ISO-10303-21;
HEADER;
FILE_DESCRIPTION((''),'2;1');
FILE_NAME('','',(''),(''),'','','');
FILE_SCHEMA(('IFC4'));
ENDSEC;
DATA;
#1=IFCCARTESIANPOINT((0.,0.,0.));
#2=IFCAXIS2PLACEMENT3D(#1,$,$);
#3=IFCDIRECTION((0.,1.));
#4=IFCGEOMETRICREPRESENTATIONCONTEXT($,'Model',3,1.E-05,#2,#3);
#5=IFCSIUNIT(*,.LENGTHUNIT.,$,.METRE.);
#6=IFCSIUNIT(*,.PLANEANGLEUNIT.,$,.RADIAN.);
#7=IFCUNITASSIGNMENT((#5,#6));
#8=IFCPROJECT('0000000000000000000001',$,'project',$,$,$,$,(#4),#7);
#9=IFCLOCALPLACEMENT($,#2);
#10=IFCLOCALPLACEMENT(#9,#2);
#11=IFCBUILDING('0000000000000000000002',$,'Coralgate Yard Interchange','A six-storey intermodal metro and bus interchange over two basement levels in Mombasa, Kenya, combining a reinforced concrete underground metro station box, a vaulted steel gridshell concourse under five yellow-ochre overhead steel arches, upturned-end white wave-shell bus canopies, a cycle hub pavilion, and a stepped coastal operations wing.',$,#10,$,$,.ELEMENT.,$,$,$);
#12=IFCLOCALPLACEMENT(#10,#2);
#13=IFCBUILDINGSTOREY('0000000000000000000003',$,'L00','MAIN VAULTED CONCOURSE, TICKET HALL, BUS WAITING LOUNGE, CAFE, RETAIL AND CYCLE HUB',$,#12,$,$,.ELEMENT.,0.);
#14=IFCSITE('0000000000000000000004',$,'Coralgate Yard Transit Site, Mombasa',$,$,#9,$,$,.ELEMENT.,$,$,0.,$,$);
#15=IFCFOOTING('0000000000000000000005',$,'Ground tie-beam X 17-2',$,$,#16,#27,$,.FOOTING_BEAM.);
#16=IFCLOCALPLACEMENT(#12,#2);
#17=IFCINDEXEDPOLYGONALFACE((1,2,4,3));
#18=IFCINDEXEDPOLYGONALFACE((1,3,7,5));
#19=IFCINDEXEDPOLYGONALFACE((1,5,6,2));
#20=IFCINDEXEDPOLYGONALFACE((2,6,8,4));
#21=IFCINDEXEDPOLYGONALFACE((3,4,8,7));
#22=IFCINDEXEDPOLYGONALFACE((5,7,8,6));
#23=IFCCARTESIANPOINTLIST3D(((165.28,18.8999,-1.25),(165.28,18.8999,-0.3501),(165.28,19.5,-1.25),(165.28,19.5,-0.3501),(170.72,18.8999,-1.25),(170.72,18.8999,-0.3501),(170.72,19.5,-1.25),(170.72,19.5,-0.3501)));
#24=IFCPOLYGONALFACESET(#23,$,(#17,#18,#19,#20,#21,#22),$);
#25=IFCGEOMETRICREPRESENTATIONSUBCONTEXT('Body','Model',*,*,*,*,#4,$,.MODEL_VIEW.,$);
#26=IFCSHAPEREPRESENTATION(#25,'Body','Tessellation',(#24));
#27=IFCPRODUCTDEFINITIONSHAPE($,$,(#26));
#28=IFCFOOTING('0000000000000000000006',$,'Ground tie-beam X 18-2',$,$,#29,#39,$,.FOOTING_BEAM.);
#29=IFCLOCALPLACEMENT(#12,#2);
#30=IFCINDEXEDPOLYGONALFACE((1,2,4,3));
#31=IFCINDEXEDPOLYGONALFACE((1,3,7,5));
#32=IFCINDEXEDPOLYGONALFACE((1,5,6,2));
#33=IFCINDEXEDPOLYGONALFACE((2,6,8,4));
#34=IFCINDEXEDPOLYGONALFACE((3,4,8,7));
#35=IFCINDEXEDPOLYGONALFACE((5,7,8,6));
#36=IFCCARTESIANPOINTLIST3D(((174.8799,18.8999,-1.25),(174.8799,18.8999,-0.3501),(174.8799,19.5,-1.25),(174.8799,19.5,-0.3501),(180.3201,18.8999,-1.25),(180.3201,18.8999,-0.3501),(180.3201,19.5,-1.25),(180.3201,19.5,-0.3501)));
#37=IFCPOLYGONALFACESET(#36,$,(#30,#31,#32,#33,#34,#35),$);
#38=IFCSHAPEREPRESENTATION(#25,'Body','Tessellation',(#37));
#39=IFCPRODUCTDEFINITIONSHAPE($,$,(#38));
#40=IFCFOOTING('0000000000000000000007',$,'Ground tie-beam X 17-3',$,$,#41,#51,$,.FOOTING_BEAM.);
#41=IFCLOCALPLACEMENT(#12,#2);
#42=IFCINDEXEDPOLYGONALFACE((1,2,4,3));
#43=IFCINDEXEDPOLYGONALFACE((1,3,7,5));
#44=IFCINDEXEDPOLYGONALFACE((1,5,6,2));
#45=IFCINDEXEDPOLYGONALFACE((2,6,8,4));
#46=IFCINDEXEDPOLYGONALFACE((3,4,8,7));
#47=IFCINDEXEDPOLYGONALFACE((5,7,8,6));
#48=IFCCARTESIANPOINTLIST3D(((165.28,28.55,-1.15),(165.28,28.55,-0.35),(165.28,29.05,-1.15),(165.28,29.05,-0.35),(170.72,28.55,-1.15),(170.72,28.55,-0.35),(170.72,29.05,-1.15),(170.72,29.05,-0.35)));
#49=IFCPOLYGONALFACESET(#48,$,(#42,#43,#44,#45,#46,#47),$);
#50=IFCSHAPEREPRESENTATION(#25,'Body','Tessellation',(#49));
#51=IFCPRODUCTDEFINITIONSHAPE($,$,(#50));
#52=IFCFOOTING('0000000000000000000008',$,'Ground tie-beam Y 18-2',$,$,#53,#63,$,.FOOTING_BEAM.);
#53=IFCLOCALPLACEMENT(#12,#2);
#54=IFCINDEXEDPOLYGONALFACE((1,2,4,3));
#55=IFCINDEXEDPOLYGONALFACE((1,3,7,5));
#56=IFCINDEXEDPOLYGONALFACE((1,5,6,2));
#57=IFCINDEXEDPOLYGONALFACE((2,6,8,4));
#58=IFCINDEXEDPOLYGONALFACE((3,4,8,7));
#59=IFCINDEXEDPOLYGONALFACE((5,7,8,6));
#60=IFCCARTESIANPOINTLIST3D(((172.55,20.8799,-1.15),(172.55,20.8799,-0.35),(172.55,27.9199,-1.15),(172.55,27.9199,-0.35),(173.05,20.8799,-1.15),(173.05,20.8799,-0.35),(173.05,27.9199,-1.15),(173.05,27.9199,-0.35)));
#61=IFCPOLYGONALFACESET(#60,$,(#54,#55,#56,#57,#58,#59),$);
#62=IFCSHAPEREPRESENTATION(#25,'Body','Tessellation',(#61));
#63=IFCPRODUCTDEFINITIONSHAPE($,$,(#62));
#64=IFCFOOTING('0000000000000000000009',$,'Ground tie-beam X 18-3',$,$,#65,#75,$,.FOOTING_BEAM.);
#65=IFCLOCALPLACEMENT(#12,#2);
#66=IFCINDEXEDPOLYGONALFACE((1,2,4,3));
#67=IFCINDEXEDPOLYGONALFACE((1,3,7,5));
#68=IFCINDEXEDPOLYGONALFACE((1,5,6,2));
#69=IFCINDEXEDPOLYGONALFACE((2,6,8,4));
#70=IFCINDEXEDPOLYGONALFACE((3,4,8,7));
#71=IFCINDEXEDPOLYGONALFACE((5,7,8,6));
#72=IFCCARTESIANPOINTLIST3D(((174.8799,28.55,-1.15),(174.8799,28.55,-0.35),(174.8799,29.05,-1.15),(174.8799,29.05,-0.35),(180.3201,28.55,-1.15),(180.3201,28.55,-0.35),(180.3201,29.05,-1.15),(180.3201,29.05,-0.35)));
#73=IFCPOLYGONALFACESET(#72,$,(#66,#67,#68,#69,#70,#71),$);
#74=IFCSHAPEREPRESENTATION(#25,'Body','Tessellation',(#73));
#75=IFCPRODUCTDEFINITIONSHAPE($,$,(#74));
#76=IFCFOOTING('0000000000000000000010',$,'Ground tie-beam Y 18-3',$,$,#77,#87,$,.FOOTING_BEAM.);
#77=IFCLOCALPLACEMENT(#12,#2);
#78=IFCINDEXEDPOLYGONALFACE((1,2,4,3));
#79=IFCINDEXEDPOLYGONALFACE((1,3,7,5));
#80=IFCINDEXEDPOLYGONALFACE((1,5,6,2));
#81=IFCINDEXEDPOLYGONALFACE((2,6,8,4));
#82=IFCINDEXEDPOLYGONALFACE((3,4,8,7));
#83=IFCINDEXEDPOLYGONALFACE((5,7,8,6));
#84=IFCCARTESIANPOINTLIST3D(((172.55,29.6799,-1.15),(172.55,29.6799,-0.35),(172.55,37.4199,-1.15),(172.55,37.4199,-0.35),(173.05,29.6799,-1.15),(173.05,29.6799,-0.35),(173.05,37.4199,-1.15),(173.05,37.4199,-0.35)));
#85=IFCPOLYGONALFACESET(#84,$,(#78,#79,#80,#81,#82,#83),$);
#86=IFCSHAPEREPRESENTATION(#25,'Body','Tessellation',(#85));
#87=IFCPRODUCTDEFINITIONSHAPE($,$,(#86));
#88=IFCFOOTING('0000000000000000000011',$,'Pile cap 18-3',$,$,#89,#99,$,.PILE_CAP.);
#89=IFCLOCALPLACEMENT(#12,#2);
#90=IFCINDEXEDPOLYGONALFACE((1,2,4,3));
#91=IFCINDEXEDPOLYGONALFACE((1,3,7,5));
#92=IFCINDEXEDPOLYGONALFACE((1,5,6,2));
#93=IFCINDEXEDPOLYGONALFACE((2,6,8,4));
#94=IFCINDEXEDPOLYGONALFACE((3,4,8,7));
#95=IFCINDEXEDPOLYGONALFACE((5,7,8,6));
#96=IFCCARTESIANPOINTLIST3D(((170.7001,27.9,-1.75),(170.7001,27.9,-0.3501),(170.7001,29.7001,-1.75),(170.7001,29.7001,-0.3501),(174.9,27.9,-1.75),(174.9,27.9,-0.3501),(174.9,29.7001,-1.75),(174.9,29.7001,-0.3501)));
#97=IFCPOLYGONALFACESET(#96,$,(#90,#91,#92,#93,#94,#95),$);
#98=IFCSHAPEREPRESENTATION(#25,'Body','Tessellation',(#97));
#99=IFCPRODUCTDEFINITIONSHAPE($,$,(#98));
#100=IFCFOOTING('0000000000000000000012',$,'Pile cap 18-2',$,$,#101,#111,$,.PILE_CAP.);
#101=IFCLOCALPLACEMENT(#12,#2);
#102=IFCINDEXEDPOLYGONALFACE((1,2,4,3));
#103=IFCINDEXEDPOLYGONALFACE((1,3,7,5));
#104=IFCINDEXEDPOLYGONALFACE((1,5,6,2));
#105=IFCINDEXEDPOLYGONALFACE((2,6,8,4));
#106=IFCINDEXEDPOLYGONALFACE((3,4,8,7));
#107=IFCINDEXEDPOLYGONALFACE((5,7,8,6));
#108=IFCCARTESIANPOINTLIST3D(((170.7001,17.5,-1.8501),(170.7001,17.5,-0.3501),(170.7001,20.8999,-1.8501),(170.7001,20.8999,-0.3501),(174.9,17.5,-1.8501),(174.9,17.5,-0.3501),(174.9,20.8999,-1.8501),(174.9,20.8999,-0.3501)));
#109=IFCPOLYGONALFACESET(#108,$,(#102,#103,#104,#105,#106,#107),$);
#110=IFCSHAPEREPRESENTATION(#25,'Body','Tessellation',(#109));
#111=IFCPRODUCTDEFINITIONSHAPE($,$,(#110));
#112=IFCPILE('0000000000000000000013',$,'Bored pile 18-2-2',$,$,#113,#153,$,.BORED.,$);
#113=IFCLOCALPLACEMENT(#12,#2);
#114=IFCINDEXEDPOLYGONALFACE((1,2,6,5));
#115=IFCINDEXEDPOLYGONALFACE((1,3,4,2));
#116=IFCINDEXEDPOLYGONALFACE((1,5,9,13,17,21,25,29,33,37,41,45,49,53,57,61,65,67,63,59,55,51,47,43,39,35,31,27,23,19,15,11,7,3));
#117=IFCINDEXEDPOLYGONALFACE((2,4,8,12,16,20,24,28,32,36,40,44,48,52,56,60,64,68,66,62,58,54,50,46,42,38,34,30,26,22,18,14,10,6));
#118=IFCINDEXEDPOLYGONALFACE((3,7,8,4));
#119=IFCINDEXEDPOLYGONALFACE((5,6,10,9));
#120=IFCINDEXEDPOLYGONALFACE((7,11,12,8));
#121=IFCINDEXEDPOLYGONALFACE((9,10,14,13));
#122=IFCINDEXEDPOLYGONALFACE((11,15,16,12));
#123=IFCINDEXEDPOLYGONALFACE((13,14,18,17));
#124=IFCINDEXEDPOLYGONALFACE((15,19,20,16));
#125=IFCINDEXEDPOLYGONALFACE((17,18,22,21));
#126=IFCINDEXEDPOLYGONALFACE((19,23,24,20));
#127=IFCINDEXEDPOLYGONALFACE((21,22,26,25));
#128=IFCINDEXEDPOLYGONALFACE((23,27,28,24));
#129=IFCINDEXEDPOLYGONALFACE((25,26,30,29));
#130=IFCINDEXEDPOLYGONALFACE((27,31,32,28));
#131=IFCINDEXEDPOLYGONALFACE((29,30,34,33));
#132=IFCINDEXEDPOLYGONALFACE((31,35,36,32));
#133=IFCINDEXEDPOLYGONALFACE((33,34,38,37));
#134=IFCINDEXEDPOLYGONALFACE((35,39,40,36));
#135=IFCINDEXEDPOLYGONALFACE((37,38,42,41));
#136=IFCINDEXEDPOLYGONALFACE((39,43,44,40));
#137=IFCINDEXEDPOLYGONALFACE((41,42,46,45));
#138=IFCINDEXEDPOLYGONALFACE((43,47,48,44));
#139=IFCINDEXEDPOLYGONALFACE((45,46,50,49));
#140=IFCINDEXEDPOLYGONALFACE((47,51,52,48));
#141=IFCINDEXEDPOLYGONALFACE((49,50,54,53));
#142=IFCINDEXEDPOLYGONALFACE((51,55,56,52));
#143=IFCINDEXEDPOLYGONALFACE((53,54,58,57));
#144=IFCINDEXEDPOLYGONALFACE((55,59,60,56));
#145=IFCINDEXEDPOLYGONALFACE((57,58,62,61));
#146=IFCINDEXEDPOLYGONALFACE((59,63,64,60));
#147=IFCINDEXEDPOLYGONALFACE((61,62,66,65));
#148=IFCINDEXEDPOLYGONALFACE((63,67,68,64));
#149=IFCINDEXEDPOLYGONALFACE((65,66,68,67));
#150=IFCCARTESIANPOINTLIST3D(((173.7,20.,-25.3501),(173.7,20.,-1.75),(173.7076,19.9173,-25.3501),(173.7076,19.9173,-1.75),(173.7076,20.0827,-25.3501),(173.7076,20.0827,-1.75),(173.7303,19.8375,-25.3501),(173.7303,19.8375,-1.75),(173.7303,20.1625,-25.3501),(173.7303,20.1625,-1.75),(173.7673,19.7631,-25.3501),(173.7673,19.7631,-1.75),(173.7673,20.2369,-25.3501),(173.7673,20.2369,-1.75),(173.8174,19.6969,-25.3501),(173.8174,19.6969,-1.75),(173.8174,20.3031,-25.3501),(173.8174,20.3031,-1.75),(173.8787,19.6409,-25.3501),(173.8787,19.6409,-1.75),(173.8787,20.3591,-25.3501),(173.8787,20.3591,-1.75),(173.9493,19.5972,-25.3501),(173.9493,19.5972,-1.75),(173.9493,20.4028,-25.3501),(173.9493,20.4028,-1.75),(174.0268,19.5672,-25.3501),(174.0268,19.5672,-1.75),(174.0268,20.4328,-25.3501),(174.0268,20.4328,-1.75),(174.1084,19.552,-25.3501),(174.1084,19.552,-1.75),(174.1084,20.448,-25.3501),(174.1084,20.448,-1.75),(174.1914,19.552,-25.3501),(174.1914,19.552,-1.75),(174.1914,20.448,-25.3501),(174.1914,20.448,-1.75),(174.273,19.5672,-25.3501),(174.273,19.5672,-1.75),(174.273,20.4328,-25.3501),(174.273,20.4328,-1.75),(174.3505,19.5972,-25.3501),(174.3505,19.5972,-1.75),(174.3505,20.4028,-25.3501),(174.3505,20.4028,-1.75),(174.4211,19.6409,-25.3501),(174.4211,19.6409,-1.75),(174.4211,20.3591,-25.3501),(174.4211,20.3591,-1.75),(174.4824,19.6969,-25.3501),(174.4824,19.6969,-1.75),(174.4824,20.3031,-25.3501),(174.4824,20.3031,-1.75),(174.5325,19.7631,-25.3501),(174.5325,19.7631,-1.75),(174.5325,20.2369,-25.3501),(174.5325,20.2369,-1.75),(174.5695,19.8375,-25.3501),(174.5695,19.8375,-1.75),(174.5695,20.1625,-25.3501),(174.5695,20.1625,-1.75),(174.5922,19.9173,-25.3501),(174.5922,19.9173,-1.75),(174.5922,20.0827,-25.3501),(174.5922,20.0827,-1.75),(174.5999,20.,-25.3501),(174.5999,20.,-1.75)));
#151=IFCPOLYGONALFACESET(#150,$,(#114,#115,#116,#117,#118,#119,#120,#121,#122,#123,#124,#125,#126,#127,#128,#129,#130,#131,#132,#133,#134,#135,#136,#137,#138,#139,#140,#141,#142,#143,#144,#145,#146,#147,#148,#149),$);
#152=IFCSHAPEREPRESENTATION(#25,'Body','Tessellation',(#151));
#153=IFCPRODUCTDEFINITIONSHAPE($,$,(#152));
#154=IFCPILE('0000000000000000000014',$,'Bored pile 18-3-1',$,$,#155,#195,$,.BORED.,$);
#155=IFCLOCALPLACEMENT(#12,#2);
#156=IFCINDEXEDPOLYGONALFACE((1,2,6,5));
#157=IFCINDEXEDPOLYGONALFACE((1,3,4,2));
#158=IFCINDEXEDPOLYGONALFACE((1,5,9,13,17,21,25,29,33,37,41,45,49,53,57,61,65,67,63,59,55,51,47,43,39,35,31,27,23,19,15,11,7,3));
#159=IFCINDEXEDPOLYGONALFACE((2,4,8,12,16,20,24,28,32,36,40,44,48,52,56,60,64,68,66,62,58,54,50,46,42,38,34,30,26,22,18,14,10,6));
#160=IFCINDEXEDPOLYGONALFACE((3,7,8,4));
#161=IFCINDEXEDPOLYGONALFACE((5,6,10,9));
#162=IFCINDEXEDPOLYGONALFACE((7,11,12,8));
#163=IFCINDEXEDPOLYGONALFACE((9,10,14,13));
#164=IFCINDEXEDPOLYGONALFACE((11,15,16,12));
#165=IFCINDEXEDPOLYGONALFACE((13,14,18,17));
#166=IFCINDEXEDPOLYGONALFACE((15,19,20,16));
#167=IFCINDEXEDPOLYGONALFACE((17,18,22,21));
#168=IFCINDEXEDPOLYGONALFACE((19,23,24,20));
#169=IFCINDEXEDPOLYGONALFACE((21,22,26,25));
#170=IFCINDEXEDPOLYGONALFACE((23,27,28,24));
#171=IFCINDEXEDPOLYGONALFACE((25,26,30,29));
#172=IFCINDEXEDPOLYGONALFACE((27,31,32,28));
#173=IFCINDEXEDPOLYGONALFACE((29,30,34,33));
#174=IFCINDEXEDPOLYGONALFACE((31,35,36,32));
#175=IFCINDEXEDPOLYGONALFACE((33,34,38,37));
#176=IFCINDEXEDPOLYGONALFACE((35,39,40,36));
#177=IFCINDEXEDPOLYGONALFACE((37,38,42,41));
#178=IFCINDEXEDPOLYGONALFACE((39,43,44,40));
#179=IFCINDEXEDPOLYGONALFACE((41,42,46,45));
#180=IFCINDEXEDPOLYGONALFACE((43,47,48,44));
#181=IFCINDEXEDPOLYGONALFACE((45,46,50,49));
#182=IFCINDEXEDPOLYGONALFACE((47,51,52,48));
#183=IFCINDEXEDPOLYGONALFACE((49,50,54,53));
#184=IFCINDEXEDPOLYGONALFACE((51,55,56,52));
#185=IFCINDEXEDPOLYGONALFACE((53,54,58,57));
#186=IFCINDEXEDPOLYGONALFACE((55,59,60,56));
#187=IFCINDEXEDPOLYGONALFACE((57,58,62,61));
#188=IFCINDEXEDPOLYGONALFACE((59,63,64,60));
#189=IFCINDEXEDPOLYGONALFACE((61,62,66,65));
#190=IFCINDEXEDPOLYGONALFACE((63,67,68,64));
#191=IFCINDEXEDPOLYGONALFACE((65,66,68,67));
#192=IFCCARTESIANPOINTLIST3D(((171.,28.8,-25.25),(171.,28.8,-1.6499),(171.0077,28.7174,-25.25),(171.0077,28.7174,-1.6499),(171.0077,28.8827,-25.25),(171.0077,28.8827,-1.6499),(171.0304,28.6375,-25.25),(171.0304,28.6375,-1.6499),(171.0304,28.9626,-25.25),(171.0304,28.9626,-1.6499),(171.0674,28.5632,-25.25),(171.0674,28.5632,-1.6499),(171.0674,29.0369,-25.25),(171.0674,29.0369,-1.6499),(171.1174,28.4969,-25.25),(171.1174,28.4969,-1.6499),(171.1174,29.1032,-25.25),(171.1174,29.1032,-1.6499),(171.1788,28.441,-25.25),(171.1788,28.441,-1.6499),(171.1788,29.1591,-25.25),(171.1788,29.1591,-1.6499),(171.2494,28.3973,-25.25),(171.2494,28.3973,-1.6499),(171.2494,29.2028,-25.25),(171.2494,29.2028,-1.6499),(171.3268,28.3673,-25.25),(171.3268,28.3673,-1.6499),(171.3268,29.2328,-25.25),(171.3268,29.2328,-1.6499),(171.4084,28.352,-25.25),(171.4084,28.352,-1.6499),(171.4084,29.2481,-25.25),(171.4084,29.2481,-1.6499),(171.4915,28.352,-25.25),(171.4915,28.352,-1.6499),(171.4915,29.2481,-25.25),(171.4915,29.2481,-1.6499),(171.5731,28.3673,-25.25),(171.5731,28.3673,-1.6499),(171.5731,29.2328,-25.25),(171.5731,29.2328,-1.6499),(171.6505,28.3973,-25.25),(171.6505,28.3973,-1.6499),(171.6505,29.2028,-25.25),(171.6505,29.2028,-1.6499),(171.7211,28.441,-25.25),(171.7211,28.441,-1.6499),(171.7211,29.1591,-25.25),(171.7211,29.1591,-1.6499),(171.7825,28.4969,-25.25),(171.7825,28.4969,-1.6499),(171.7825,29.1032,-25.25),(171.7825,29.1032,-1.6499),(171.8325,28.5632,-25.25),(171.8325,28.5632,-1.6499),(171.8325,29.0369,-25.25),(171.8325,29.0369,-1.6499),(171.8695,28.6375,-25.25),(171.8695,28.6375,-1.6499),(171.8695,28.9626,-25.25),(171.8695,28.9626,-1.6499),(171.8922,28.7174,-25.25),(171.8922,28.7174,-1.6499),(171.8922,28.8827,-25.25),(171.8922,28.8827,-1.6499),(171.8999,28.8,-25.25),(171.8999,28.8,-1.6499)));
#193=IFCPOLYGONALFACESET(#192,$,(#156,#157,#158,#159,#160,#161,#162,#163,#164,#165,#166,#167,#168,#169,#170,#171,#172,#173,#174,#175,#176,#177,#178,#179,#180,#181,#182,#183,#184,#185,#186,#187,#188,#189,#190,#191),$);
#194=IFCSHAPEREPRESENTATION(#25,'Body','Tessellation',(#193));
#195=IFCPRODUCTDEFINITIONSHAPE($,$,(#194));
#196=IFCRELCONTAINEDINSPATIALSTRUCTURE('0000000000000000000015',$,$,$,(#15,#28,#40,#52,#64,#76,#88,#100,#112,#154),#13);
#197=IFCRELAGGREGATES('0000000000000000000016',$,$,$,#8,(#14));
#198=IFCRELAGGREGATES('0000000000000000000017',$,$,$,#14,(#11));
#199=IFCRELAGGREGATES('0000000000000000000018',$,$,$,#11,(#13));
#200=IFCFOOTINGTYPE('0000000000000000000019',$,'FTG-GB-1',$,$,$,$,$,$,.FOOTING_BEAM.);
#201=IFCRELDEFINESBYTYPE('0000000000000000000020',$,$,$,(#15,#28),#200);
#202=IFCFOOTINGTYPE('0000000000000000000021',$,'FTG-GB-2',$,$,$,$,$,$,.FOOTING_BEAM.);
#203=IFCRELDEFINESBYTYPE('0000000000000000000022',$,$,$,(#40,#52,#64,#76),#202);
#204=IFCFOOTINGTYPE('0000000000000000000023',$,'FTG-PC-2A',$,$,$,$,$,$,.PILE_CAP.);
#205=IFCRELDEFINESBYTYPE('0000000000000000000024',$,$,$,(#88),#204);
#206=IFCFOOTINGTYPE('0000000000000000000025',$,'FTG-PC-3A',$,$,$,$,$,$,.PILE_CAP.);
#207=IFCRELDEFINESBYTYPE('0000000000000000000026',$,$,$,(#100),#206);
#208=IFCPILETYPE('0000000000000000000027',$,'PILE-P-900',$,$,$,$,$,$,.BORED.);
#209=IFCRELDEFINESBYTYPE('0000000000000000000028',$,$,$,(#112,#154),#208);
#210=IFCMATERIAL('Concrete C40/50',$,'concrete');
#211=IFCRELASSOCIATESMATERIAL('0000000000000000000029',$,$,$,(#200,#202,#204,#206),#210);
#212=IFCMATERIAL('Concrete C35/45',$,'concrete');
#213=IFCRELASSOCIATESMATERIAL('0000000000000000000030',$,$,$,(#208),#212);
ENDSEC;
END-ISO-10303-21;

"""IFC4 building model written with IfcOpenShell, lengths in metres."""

from ifc_helpers import new_model, si_unit, direction, frame, origin, origin_2d, place, context, subcontext, project, spatial, rectangle, circle, extrude, material, material_profile, profile_set, type_object, element, save


model = new_model("IFC4")

# Units and contexts
model_context = context("Model", 3, precision=1e-05, world=origin(), true_north=direction((0.0, 1.0)))
body_context = subcontext(model_context, "Body", "Model", "MODEL_VIEW")
ifc_project = project(units=[si_unit("LENGTHUNIT", "METRE"), si_unit("PLANEANGLEUNIT", "RADIAN")], contexts=[model_context])

# Site, building, storey
site_placement = place(None, origin())
site = spatial("IfcSite", under=ifc_project, at=site_placement, Name="Coralgate Yard Transit Site, Mombasa", CompositionType="ELEMENT", RefElevation=0.0)
building_placement = place(site_placement, origin())
building = spatial("IfcBuilding", under=site, at=building_placement, Name="Coralgate Yard Interchange", Description="A six-storey intermodal metro and bus interchange over two basement levels in Mombasa, Kenya, combining a reinforced concrete underground metro station box, a vaulted steel gridshell concourse under five yellow-ochre overhead steel arches, upturned-end white wave-shell bus canopies, a cycle hub pavilion, and a stepped coastal operations wing.", CompositionType="ELEMENT")
storey_placement = place(building_placement, origin())
storey = spatial("IfcBuildingStorey", under=building, at=storey_placement, Name="L00", Description="MAIN VAULTED CONCOURSE, TICKET HALL, BUS WAITING LOUNGE, CAFE, RETAIL AND CYCLE HUB", CompositionType="ELEMENT", Elevation=0.0)

# Footings
ifc_material_1 = material(Name="Concrete C40/50", Category="concrete")
ifc_material_profile_1 = material_profile(ifc_material_1, rectangle(XDim=0.6001, YDim=0.8999, at=origin_2d()), Name="RC 600x900")
ifc_profile_set_1 = profile_set([ifc_material_profile_1], Name="Concrete C40/50")
footing_type_1 = type_object("IfcFootingType", Name="FTG-GB-1", PredefinedType="FOOTING_BEAM", material=ifc_profile_set_1)
footing_1_placement = place(storey_placement, frame((165.28, 19.2, -0.8), z_axis=(1.0, 0.0, 0.0), x_axis=(0.0, 1.0, 0.0)))
element("IfcFooting", 1, at=footing_1_placement, inside=storey, type_object=footing_type_1, Name="Ground tie-beam X 17-2", PredefinedType="FOOTING_BEAM", context=body_context, shape_type="SweptSolid", body=[
    extrude(rectangle(XDim=0.6001, YDim=0.8999, at=origin_2d()), origin(), (0.0, 0.0, 1.0), 5.4399),
])
footing_2_placement = place(storey_placement, frame((174.8799, 19.2, -0.8), z_axis=(1.0, 0.0, 0.0), x_axis=(0.0, 1.0, 0.0)))
element("IfcFooting", 2, at=footing_2_placement, inside=storey, type_object=footing_type_1, Name="Ground tie-beam X 18-2", PredefinedType="FOOTING_BEAM", context=body_context, shape_type="SweptSolid", body=[
    extrude(rectangle(XDim=0.6001, YDim=0.8999, at=origin_2d()), origin(), (0.0, 0.0, 1.0), 5.4402),
])
ifc_material_profile_2 = material_profile(ifc_material_1, rectangle(XDim=0.5, YDim=0.8, at=origin_2d()), Name="RC 500x800")
ifc_profile_set_2 = profile_set([ifc_material_profile_2], Name="Concrete C40/50")
footing_type_2 = type_object("IfcFootingType", Name="FTG-GB-2", PredefinedType="FOOTING_BEAM", material=ifc_profile_set_2)
footing_3_placement = place(storey_placement, frame((165.28, 28.8, -0.75), z_axis=(1.0, 0.0, 0.0), x_axis=(0.0, 1.0, 0.0)))
element("IfcFooting", 3, at=footing_3_placement, inside=storey, type_object=footing_type_2, Name="Ground tie-beam X 17-3", PredefinedType="FOOTING_BEAM", context=body_context, shape_type="SweptSolid", body=[
    extrude(rectangle(XDim=0.5, YDim=0.8, at=origin_2d()), origin(), (0.0, 0.0, 1.0), 5.4399),
])
footing_4_placement = place(storey_placement, frame((172.8, 20.8799, -0.75), z_axis=(0.0, 1.0, 0.0), x_axis=(-1.0, 0.0, 0.0)))
element("IfcFooting", 4, at=footing_4_placement, inside=storey, type_object=footing_type_2, Name="Ground tie-beam Y 18-2", PredefinedType="FOOTING_BEAM", context=body_context, shape_type="SweptSolid", body=[
    extrude(rectangle(XDim=0.5, YDim=0.8, at=origin_2d()), origin(), (0.0, 0.0, 1.0), 7.04),
])
footing_5_placement = place(storey_placement, frame((174.8799, 28.8, -0.75), z_axis=(1.0, 0.0, 0.0), x_axis=(0.0, 1.0, 0.0)))
element("IfcFooting", 5, at=footing_5_placement, inside=storey, type_object=footing_type_2, Name="Ground tie-beam X 18-3", PredefinedType="FOOTING_BEAM", context=body_context, shape_type="SweptSolid", body=[
    extrude(rectangle(XDim=0.5, YDim=0.8, at=origin_2d()), origin(), (0.0, 0.0, 1.0), 5.4402),
])
footing_6_placement = place(storey_placement, frame((172.8, 29.6799, -0.75), z_axis=(0.0, 1.0, 0.0), x_axis=(-1.0, 0.0, 0.0)))
element("IfcFooting", 6, at=footing_6_placement, inside=storey, type_object=footing_type_2, Name="Ground tie-beam Y 18-3", PredefinedType="FOOTING_BEAM", context=body_context, shape_type="SweptSolid", body=[
    extrude(rectangle(XDim=0.5, YDim=0.8, at=origin_2d()), origin(), (0.0, 0.0, 1.0), 7.74),
])
footing_type_3 = type_object("IfcFootingType", Name="FTG-PC-2A", PredefinedType="PILE_CAP", material=ifc_material_1)
footing_7_placement = place(storey_placement, frame((172.8, 28.8, -1.75), z_axis=(0.0, 0.0, 1.0), x_axis=(1.0, 0.0, 0.0)))
element("IfcFooting", 7, at=footing_7_placement, inside=storey, type_object=footing_type_3, Name="Pile cap 18-3", PredefinedType="PILE_CAP", context=body_context, shape_type="SweptSolid", body=[
    extrude(rectangle(XDim=4.2, YDim=1.8, at=origin_2d()), origin(), (0.0, 0.0, 1.0), 1.3999),
])
footing_type_4 = type_object("IfcFootingType", Name="FTG-PC-3A", PredefinedType="PILE_CAP", material=ifc_material_1)
footing_8_placement = place(storey_placement, frame((172.8, 19.2, -1.8501), z_axis=(0.0, 0.0, 1.0), x_axis=(1.0, 0.0, 0.0)))
element("IfcFooting", 8, at=footing_8_placement, inside=storey, type_object=footing_type_4, Name="Pile cap 18-2", PredefinedType="PILE_CAP", context=body_context, shape_type="SweptSolid", body=[
    extrude(rectangle(XDim=4.2, YDim=3.3999, at=origin_2d()), origin(), (0.0, 0.0, 1.0), 1.5),
])

# Piles
ifc_material_2 = material(Name="Concrete C35/45", Category="concrete")
ifc_material_profile_3 = material_profile(ifc_material_2, circle(Radius=0.45, at=origin_2d()), Name="BORED PILE D900")
ifc_profile_set_3 = profile_set([ifc_material_profile_3], Name="Concrete C35/45")
pile_type = type_object("IfcPileType", Name="PILE-P-900", PredefinedType="BORED", material=ifc_profile_set_3)
for number, where, z_axis, x_axis, name in (
    (9, (174.1499, 20.0, -1.75), (0.0, 0.0, -1.0), (1.0, 0.0, 0.0), "Bored pile 18-2-2"),
    (10, (171.45, 28.8, -1.6499), (0.0, 0.0, -1.0), (1.0, 0.0, 0.0), "Bored pile 18-3-1"),
):
    element("IfcPile", number, at=place(storey_placement, frame(where, z_axis=z_axis, x_axis=x_axis)), inside=storey, type_object=pile_type, Name=name, PredefinedType="BORED", context=body_context, shape_type="SweptSolid", body=[
        extrude(circle(Radius=0.45, at=origin_2d()), origin(), (0.0, 0.0, 1.0), 23.6001),
    ])

save(model, "model.ifc")
